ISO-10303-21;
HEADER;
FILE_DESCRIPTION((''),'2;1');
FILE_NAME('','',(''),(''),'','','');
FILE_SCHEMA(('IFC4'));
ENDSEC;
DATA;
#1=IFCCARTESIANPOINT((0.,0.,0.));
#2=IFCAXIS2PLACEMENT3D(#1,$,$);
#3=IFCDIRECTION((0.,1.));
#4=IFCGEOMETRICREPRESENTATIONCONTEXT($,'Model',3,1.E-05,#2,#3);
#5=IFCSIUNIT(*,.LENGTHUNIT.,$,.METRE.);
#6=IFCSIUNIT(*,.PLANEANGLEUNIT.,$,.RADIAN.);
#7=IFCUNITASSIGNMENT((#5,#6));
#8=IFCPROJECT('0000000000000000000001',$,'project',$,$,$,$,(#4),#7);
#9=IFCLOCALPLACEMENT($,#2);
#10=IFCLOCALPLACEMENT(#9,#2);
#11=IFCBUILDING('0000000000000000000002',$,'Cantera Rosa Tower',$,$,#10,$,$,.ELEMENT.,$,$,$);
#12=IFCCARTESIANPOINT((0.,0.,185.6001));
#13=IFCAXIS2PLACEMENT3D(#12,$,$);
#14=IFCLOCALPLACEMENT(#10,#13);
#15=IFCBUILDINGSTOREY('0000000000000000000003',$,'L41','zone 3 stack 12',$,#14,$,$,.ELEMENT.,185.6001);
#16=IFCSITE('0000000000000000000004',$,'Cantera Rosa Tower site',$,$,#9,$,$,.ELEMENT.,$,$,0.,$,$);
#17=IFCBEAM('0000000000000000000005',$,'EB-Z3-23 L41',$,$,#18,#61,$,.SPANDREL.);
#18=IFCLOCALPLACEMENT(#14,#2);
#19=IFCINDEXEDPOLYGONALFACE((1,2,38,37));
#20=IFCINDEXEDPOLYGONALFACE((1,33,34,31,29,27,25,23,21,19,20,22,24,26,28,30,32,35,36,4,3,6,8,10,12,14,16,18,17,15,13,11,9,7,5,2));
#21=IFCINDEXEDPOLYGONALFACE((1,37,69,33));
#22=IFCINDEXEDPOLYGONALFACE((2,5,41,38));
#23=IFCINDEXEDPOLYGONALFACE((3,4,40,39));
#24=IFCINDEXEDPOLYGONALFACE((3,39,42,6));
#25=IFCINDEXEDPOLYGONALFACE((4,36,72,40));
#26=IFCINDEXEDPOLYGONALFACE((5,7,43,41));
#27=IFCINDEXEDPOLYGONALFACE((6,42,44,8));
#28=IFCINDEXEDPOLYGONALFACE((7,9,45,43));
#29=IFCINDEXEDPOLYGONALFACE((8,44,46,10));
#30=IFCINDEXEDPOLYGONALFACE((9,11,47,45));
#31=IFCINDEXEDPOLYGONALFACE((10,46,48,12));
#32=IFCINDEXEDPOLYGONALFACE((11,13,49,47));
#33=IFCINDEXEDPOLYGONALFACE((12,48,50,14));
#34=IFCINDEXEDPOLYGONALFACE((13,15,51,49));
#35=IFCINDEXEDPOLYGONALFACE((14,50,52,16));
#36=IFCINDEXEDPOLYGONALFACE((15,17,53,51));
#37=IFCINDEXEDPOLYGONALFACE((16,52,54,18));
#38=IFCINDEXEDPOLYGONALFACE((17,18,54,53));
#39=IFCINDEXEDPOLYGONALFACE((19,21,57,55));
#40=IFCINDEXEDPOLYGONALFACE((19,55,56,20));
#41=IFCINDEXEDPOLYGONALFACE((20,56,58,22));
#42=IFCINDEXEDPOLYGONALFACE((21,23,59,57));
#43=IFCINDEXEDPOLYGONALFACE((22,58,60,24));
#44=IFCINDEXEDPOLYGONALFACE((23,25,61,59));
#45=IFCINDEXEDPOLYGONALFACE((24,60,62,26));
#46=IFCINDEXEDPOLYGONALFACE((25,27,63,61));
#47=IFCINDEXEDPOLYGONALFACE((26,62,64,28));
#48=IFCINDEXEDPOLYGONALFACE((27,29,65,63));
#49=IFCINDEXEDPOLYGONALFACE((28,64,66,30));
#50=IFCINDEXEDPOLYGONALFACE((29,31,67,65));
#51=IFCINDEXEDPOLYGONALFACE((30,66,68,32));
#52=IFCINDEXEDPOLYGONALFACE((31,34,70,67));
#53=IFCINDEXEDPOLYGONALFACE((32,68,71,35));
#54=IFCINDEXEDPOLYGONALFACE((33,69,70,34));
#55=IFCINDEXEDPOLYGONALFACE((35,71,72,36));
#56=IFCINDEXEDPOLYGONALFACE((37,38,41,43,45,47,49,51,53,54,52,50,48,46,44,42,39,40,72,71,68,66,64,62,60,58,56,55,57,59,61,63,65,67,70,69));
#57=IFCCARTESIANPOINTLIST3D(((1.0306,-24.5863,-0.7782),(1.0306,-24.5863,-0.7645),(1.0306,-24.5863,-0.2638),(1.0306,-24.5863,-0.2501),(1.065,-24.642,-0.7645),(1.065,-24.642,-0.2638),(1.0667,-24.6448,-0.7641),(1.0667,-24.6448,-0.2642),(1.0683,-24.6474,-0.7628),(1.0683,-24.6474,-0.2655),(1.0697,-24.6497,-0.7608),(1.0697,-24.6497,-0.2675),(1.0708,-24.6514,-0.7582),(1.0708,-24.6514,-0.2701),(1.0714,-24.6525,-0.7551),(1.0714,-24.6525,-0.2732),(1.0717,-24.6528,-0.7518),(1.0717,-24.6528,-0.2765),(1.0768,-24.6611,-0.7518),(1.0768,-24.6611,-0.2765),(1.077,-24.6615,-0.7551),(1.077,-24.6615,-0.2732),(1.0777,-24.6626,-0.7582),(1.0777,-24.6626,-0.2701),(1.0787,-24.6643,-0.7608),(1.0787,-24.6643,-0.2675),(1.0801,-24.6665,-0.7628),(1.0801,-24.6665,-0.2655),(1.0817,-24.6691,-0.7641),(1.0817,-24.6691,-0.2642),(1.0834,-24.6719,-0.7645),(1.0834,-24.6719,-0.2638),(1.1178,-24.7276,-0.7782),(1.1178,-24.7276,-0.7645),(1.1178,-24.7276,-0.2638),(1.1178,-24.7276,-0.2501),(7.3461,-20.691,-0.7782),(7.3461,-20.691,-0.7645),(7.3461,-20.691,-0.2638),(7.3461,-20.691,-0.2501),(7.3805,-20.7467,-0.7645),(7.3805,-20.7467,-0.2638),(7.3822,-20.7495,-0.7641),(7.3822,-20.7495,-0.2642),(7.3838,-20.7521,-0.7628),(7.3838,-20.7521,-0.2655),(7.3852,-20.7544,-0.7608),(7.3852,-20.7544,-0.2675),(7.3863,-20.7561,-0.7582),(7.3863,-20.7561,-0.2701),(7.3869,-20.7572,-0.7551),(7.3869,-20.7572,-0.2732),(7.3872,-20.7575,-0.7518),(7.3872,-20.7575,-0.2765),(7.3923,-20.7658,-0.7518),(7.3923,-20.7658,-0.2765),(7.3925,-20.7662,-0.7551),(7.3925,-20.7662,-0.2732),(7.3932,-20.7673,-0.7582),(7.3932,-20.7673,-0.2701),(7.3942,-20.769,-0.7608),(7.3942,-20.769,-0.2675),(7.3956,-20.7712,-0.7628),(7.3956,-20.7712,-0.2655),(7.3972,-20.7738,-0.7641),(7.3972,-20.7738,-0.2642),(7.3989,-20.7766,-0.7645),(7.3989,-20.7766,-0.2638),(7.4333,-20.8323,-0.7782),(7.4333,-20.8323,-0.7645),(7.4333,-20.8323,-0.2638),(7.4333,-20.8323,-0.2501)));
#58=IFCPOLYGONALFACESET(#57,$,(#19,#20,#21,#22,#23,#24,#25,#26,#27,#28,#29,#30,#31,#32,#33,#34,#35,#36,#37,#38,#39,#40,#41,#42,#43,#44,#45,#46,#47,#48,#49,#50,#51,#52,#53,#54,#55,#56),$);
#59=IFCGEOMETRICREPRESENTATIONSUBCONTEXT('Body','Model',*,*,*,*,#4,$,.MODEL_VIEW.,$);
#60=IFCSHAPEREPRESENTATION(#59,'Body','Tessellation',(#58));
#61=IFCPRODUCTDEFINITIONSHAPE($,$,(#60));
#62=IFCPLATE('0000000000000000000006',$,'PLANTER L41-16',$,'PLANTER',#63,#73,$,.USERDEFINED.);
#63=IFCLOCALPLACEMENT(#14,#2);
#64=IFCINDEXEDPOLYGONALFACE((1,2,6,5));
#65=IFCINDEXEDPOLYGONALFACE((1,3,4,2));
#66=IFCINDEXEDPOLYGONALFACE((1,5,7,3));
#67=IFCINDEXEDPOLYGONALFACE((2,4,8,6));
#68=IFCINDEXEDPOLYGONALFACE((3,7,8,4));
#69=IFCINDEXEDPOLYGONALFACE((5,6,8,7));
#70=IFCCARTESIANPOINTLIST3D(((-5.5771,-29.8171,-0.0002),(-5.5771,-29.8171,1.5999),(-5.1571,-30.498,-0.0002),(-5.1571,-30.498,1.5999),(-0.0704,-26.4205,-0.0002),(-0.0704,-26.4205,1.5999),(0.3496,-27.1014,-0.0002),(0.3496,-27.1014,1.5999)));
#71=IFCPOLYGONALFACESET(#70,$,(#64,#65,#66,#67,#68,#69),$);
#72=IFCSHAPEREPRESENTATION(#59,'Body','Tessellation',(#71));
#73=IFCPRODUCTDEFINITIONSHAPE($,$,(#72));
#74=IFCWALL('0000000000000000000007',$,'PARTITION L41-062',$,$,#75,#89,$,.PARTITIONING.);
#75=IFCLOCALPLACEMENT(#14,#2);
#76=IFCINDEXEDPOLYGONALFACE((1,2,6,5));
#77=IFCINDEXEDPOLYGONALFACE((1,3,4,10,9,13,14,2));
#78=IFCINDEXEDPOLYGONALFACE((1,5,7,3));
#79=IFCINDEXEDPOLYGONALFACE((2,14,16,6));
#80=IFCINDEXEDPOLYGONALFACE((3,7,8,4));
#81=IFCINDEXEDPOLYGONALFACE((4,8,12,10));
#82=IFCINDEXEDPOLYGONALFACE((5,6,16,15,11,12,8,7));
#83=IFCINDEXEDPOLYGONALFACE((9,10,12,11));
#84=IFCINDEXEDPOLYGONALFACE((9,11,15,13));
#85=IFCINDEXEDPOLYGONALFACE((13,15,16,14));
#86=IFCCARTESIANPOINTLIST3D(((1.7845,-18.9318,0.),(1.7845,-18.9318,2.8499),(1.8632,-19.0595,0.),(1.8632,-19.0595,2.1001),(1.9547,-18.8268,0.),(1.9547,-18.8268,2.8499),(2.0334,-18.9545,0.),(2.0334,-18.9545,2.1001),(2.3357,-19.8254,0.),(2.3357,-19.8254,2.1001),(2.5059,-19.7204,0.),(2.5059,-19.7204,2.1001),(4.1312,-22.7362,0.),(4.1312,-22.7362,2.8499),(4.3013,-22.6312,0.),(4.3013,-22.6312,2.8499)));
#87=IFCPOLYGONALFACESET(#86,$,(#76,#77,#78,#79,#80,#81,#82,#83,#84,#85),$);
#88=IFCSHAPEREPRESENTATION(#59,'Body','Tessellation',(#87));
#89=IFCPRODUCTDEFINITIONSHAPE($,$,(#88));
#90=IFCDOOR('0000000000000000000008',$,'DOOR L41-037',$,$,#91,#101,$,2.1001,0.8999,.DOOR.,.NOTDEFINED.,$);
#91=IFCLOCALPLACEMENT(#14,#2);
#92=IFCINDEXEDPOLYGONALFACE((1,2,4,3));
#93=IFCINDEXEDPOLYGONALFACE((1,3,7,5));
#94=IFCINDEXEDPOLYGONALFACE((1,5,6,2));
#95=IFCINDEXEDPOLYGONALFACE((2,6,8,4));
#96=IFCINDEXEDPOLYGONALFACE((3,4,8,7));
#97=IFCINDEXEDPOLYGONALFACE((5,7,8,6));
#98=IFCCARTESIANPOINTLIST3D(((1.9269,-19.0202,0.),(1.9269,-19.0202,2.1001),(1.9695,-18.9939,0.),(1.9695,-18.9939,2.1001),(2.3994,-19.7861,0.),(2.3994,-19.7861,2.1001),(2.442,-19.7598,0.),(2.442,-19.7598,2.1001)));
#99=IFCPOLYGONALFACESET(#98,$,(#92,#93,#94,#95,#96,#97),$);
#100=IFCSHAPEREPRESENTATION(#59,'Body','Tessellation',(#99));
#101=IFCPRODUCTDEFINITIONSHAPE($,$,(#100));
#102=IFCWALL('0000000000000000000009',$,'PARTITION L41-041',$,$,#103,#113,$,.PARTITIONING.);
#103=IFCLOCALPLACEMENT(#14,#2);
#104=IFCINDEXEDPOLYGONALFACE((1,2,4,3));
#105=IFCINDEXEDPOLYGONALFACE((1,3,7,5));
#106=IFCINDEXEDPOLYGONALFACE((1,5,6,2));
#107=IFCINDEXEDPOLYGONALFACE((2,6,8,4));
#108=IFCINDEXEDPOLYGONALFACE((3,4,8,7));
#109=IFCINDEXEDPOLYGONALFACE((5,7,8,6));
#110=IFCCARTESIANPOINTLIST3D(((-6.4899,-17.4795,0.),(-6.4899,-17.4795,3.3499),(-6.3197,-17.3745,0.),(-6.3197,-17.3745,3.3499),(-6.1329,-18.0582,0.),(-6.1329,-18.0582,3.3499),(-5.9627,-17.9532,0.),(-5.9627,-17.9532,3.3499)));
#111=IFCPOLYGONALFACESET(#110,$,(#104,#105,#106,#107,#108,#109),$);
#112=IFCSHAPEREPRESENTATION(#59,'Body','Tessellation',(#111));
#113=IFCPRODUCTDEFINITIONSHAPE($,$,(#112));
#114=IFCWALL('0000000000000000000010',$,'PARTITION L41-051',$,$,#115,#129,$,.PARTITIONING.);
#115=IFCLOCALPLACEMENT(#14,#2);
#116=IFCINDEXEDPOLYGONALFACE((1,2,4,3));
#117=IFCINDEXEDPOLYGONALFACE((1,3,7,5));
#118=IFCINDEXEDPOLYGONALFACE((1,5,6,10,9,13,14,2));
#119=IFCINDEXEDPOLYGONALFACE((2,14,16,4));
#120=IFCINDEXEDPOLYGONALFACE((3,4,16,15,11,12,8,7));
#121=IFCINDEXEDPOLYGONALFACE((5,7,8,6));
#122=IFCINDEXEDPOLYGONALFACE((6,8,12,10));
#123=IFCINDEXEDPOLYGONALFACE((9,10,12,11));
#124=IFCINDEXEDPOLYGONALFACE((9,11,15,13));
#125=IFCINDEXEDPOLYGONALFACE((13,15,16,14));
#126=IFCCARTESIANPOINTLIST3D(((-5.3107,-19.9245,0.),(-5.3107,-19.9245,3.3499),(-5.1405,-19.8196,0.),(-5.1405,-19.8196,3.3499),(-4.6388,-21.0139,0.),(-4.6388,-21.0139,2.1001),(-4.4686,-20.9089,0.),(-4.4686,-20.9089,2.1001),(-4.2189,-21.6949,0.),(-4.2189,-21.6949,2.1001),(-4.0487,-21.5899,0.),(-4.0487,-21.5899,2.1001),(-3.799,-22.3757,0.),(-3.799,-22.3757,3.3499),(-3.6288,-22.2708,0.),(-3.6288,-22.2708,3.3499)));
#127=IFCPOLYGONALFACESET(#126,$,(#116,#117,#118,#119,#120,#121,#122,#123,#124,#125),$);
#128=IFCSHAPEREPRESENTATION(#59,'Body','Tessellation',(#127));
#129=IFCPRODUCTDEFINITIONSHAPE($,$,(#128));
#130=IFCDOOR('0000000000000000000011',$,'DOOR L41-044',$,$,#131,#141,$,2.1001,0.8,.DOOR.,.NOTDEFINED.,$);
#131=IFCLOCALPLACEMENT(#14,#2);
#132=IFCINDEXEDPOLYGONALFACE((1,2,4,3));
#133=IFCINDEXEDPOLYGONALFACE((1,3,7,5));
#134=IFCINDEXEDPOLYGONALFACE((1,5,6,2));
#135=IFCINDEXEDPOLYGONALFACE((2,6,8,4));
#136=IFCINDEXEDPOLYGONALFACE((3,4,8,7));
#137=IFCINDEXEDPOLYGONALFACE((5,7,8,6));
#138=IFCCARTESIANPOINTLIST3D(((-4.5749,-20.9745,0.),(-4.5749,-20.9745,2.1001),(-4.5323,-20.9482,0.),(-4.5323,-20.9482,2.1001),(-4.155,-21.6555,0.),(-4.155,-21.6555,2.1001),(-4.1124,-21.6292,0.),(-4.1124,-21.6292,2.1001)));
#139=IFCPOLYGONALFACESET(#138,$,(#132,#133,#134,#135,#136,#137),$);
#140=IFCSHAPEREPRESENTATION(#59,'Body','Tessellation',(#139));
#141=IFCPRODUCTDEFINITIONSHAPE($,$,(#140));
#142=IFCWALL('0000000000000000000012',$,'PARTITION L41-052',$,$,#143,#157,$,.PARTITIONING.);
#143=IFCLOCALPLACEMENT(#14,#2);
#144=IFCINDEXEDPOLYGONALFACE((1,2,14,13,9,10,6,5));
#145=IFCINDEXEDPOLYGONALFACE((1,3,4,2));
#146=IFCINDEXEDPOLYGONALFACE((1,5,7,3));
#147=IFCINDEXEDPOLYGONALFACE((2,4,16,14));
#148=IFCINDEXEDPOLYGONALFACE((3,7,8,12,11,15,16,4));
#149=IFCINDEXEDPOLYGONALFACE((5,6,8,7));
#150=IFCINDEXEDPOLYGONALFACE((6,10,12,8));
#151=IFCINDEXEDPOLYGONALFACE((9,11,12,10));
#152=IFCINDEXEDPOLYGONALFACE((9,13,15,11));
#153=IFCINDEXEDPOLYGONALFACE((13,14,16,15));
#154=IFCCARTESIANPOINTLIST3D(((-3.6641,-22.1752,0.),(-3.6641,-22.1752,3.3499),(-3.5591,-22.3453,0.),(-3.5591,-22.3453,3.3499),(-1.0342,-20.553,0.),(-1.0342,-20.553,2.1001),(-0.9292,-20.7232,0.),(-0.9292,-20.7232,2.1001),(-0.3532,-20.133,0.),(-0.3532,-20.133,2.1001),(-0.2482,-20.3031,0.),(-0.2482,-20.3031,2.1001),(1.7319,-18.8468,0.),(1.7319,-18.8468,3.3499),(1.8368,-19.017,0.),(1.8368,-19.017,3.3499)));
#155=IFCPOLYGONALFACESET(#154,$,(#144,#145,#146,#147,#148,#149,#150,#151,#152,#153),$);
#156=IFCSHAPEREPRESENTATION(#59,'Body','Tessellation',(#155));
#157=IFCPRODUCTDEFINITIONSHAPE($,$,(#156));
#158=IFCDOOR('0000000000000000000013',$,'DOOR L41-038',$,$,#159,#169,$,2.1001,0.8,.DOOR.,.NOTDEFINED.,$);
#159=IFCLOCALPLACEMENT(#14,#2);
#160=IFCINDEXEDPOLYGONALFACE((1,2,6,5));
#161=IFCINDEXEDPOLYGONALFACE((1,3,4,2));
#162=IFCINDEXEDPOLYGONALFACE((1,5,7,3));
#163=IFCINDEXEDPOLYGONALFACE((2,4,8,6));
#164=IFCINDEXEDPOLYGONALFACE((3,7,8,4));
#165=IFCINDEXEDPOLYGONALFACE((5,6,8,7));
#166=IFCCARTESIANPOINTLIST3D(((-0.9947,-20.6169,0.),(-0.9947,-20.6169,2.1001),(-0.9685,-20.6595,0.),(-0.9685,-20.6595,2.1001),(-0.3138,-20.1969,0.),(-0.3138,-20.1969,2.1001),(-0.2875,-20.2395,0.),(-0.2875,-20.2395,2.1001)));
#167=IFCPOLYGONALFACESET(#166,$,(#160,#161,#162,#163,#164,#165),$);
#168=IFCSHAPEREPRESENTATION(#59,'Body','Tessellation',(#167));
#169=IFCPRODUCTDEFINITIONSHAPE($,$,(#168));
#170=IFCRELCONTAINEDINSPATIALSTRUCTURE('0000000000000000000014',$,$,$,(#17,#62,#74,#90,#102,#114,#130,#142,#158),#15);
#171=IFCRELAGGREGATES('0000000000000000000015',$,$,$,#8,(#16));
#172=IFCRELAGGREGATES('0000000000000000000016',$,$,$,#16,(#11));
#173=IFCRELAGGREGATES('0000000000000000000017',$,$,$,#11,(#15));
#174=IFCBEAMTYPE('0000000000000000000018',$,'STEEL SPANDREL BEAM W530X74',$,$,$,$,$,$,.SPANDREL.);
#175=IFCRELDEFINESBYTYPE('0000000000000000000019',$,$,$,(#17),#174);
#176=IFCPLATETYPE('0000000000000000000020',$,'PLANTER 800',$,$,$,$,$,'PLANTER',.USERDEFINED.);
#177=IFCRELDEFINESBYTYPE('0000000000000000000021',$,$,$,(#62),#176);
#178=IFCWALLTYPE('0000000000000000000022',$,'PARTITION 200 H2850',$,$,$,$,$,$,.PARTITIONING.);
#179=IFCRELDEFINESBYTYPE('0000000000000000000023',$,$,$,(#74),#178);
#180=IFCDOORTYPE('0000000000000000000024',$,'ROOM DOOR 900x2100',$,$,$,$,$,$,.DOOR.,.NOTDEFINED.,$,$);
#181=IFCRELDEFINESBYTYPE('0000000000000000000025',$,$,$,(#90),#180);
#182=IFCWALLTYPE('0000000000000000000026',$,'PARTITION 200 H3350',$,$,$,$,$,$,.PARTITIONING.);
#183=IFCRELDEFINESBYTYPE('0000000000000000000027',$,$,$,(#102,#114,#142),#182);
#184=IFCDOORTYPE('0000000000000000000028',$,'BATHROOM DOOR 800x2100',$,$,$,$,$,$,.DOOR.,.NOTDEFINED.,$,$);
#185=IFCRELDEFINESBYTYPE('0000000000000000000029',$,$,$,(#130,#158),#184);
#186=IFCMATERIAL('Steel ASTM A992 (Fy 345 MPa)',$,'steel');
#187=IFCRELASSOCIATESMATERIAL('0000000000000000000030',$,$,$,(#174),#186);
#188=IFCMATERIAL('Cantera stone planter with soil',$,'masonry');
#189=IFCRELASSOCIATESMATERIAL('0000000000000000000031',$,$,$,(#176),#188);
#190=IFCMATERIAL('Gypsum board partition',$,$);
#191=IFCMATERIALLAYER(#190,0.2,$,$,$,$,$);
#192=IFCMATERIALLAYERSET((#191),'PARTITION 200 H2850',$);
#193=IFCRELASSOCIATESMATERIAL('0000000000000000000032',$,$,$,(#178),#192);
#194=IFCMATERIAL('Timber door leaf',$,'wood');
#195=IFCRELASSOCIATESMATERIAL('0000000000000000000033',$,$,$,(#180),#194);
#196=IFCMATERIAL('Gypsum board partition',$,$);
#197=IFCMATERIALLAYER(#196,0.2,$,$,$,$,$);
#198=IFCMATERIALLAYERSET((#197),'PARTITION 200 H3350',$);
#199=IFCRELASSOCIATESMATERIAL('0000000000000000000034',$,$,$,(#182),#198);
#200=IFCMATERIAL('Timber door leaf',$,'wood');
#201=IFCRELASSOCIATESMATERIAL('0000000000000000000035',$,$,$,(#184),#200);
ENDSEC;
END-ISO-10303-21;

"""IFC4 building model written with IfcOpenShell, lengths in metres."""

from ifc_helpers import new_model, si_unit, direction, frame, frame_2d, origin, origin_2d, place, context, subcontext, project, spatial, rectangle, i_section, extrude, material, layer, layer_set, material_profile, profile_set, type_object, element, fill, save


model = new_model("IFC4")

# Units and contexts
model_context = context("Model", 3, precision=1e-05, world=origin(), true_north=direction((0.0, 1.0)))
body_context = subcontext(model_context, "Body", "Model", "MODEL_VIEW")
ifc_project = project(units=[si_unit("LENGTHUNIT", "METRE"), si_unit("PLANEANGLEUNIT", "RADIAN")], contexts=[model_context])

# Site, building, storey
site_placement = place(None, origin())
site = spatial("IfcSite", under=ifc_project, at=site_placement, Name="Cantera Rosa Tower site", CompositionType="ELEMENT", RefElevation=0.0)
building_placement = place(site_placement, origin())
building = spatial("IfcBuilding", under=site, at=building_placement, Name="Cantera Rosa Tower", CompositionType="ELEMENT")
storey_placement = place(building_placement, frame((0.0, 0.0, 185.6001)))
storey = spatial("IfcBuildingStorey", under=building, at=storey_placement, Name="L41", Description="zone 3 stack 12", CompositionType="ELEMENT", Elevation=185.6001)

# Beam
ifc_material_1 = material(Name="Steel ASTM A992 (Fy 345 MPa)", Category="steel")
ifc_material_profile_1 = material_profile(ifc_material_1, i_section(OverallWidth=0.166, OverallDepth=0.5281, WebThickness=0.0098, FlangeThickness=0.0137, FilletRadius=0.0127, at=origin_2d()), Name="W530X74")
ifc_profile_set_1 = profile_set([ifc_material_profile_1], Name="Steel ASTM A992 (Fy 345 MPa)")
beam_type_1 = type_object("IfcBeamType", Name="STEEL SPANDREL BEAM W530X74", PredefinedType="SPANDREL", material=ifc_profile_set_1)
for number, where, z_axis, x_axis, name in (
    (1, (1.0742, -24.657, -0.5142), (0.851126, 0.524962, 0.0), (-0.524962, 0.851126, 0.0), "EB-Z3-23 L41"),
):
    element("IfcBeam", number, at=place(storey_placement, frame(where, z_axis=z_axis, x_axis=x_axis)), inside=storey, type_object=beam_type_1, Name=name, PredefinedType="SPANDREL", context=body_context, shape_type="SweptSolid", body=[
        extrude(i_section(OverallWidth=0.166, OverallDepth=0.5281, WebThickness=0.0098, FlangeThickness=0.0137, FilletRadius=0.0127, at=origin_2d()), origin(), (0.0, 0.0, 1.0), 7.4202),
    ])

# Plate
ifc_material_2 = material(Name="Cantera stone planter with soil", Category="masonry")
plate_type = type_object("IfcPlateType", Name="PLANTER 800", ElementType="PLANTER", PredefinedType="USERDEFINED", material=ifc_material_2)
plate_placement = place(storey_placement, frame((-2.6138, -28.4592, -0.0002), z_axis=(0.0, 0.0, 1.0), x_axis=(0.851117, 0.524977, 0.0)))
element("IfcPlate", 2, at=plate_placement, inside=storey, type_object=plate_type, Name="PLANTER L41-16", ObjectType="PLANTER", PredefinedType="USERDEFINED", context=body_context, shape_type="SweptSolid", body=[
    extrude(rectangle(XDim=6.47, YDim=0.8, at=origin_2d()), origin(), (0.0, 0.0, 1.0), 1.6001),
])

# Wall, opening, door
ifc_material_3 = material(Name="Gypsum board partition")
ifc_layer_1 = layer(ifc_material_3, 0.2)
ifc_layer_set_1 = layer_set([ifc_layer_1], Name="PARTITION 200 H2850")
wall_type_1 = type_object("IfcWallType", Name="PARTITION 200 H2850", PredefinedType="PARTITIONING", material=ifc_layer_set_1)
wall_1_placement = place(storey_placement, frame((1.8696, -18.8794, 0.0), z_axis=(0.0, 0.0, 1.0), x_axis=(0.524987, -0.85111, 0.0)))
wall_1 = element("IfcWall", 3, at=wall_1_placement, inside=storey, type_object=wall_type_1, Name="PARTITION L41-062", PredefinedType="PARTITIONING", context=body_context, shape_type="SweptSolid", body=[
    extrude(rectangle(XDim=4.47, YDim=0.2, at=frame_2d((2.2349, 0.0))), origin(), (0.0, 0.0, 1.0), 2.8499),
])
opening_1_placement = place(wall_1_placement, frame((0.1499, 0.0, 0.0)))
opening_1 = element("IfcOpeningElement", 4, at=opening_1_placement, cuts=wall_1, PredefinedType="OPENING", context=body_context, shape_type="SweptSolid", body=[
    extrude(rectangle(XDim=0.8999, YDim=2.1001, at=frame_2d((0.45, 1.05))), frame((0.0, 0.1099, 0.0), z_axis=(0.0, -1.0, 0.0), x_axis=(1.0, 0.0, 0.0)), (0.0, 0.0, 1.0), 0.22),
])
ifc_material_4 = material(Name="Timber door leaf", Category="wood")
door_type_1 = type_object("IfcDoorType", Name="ROOM DOOR 900x2100", OperationType="NOTDEFINED", PredefinedType="DOOR", material=ifc_material_4)
door_1_placement = place(opening_1_placement, origin())
door_1 = element("IfcDoor", 5, at=door_1_placement, inside=storey, type_object=door_type_1, Name="DOOR L41-037", OperationType="NOTDEFINED", OverallHeight=2.1001, OverallWidth=0.8999, PredefinedType="DOOR", context=body_context, shape_type="SweptSolid", body=[
    extrude(rectangle(XDim=0.8999, YDim=2.1001, at=frame_2d((0.45, 1.05))), frame((0.0, 0.0249, 0.0), z_axis=(0.0, -1.0, 0.0), x_axis=(1.0, 0.0, 0.0)), (0.0, 0.0, 1.0), 0.05),
])
fill(opening_1, door_1)

# Wall
ifc_material_5 = material(Name="Gypsum board partition")
ifc_layer_2 = layer(ifc_material_5, 0.2)
ifc_layer_set_2 = layer_set([ifc_layer_2], Name="PARTITION 200 H3350")
wall_type_2 = type_object("IfcWallType", Name="PARTITION 200 H3350", PredefinedType="PARTITIONING", material=ifc_layer_set_2)
wall_2_placement = place(storey_placement, frame((-6.0479, -18.0056, 0.0), z_axis=(0.0, 0.0, 1.0), x_axis=(-0.525019, 0.851091, 0.0)))
element("IfcWall", 6, at=wall_2_placement, inside=storey, type_object=wall_type_2, Name="PARTITION L41-041", PredefinedType="PARTITIONING", context=body_context, shape_type="SweptSolid", body=[
    extrude(rectangle(XDim=0.6799, YDim=0.2, at=frame_2d((0.3398, 0.0))), origin(), (0.0, 0.0, 1.0), 3.3499),
])

# Walls, openings, doors
wall_3_placement = place(storey_placement, frame((-3.7139, -22.3232, 0.0), z_axis=(0.0, 0.0, 1.0), x_axis=(-0.52493, 0.851146, 0.0)))
wall_3 = element("IfcWall", 7, at=wall_3_placement, inside=storey, type_object=wall_type_2, Name="PARTITION L41-051", PredefinedType="PARTITIONING", context=body_context, shape_type="SweptSolid", body=[
    extrude(rectangle(XDim=2.8799, YDim=0.2, at=frame_2d((1.4399, 0.0))), origin(), (0.0, 0.0, 1.0), 3.3499),
])
opening_2_placement = place(wall_3_placement, frame((0.8, 0.0, 0.0)))
opening_2 = element("IfcOpeningElement", 8, at=opening_2_placement, cuts=wall_3, PredefinedType="OPENING", context=body_context, shape_type="SweptSolid", body=[
    extrude(rectangle(XDim=0.8, YDim=2.1001, at=frame_2d((0.3999, 1.05))), frame((0.0, 0.1099, 0.0), z_axis=(0.0, -1.0, 0.0), x_axis=(1.0, 0.0, 0.0)), (0.0, 0.0, 1.0), 0.22),
])
ifc_material_6 = material(Name="Timber door leaf", Category="wood")
door_type_2 = type_object("IfcDoorType", Name="BATHROOM DOOR 800x2100", OperationType="NOTDEFINED", PredefinedType="DOOR", material=ifc_material_6)
door_2_placement = place(opening_2_placement, origin())
door_2 = element("IfcDoor", 9, at=door_2_placement, inside=storey, type_object=door_type_2, Name="DOOR L41-044", OperationType="NOTDEFINED", OverallHeight=2.1001, OverallWidth=0.8, PredefinedType="DOOR", context=body_context, shape_type="SweptSolid", body=[
    extrude(rectangle(XDim=0.8, YDim=2.1001, at=frame_2d((0.3999, 1.05))), frame((0.0, 0.0249, 0.0), z_axis=(0.0, -1.0, 0.0), x_axis=(1.0, 0.0, 0.0)), (0.0, 0.0, 1.0), 0.05),
])
fill(opening_2, door_2)
wall_4_placement = place(storey_placement, frame((-3.6116, -22.2603, 0.0), z_axis=(0.0, 0.0, 1.0), x_axis=(0.851112, 0.524984, 0.0)))
wall_4 = element("IfcWall", 10, at=wall_4_placement, inside=storey, type_object=wall_type_2, Name="PARTITION L41-052", PredefinedType="PARTITIONING", context=body_context, shape_type="SweptSolid", body=[
    extrude(rectangle(XDim=6.3398, YDim=0.2, at=frame_2d((3.1699, 0.0))), origin(), (0.0, 0.0, 1.0), 3.3499),
])
opening_3_placement = place(wall_4_placement, frame((3.0901, 0.0, 0.0)))
opening_3 = element("IfcOpeningElement", 11, at=opening_3_placement, cuts=wall_4, PredefinedType="OPENING", context=body_context, shape_type="SweptSolid", body=[
    extrude(rectangle(XDim=0.8, YDim=2.1001, at=frame_2d((0.3999, 1.05))), frame((0.0, 0.1099, 0.0), z_axis=(0.0, -1.0, 0.0), x_axis=(1.0, 0.0, 0.0)), (0.0, 0.0, 1.0), 0.22),
])
door_3_placement = place(opening_3_placement, origin())
door_3 = element("IfcDoor", 12, at=door_3_placement, inside=storey, type_object=door_type_2, Name="DOOR L41-038", OperationType="NOTDEFINED", OverallHeight=2.1001, OverallWidth=0.8, PredefinedType="DOOR", context=body_context, shape_type="SweptSolid", body=[
    extrude(rectangle(XDim=0.8, YDim=2.1001, at=frame_2d((0.3999, 1.05))), frame((0.0, 0.0249, 0.0), z_axis=(0.0, -1.0, 0.0), x_axis=(1.0, 0.0, 0.0)), (0.0, 0.0, 1.0), 0.05),
])
fill(opening_3, door_3)

save(model, "model.ifc")
